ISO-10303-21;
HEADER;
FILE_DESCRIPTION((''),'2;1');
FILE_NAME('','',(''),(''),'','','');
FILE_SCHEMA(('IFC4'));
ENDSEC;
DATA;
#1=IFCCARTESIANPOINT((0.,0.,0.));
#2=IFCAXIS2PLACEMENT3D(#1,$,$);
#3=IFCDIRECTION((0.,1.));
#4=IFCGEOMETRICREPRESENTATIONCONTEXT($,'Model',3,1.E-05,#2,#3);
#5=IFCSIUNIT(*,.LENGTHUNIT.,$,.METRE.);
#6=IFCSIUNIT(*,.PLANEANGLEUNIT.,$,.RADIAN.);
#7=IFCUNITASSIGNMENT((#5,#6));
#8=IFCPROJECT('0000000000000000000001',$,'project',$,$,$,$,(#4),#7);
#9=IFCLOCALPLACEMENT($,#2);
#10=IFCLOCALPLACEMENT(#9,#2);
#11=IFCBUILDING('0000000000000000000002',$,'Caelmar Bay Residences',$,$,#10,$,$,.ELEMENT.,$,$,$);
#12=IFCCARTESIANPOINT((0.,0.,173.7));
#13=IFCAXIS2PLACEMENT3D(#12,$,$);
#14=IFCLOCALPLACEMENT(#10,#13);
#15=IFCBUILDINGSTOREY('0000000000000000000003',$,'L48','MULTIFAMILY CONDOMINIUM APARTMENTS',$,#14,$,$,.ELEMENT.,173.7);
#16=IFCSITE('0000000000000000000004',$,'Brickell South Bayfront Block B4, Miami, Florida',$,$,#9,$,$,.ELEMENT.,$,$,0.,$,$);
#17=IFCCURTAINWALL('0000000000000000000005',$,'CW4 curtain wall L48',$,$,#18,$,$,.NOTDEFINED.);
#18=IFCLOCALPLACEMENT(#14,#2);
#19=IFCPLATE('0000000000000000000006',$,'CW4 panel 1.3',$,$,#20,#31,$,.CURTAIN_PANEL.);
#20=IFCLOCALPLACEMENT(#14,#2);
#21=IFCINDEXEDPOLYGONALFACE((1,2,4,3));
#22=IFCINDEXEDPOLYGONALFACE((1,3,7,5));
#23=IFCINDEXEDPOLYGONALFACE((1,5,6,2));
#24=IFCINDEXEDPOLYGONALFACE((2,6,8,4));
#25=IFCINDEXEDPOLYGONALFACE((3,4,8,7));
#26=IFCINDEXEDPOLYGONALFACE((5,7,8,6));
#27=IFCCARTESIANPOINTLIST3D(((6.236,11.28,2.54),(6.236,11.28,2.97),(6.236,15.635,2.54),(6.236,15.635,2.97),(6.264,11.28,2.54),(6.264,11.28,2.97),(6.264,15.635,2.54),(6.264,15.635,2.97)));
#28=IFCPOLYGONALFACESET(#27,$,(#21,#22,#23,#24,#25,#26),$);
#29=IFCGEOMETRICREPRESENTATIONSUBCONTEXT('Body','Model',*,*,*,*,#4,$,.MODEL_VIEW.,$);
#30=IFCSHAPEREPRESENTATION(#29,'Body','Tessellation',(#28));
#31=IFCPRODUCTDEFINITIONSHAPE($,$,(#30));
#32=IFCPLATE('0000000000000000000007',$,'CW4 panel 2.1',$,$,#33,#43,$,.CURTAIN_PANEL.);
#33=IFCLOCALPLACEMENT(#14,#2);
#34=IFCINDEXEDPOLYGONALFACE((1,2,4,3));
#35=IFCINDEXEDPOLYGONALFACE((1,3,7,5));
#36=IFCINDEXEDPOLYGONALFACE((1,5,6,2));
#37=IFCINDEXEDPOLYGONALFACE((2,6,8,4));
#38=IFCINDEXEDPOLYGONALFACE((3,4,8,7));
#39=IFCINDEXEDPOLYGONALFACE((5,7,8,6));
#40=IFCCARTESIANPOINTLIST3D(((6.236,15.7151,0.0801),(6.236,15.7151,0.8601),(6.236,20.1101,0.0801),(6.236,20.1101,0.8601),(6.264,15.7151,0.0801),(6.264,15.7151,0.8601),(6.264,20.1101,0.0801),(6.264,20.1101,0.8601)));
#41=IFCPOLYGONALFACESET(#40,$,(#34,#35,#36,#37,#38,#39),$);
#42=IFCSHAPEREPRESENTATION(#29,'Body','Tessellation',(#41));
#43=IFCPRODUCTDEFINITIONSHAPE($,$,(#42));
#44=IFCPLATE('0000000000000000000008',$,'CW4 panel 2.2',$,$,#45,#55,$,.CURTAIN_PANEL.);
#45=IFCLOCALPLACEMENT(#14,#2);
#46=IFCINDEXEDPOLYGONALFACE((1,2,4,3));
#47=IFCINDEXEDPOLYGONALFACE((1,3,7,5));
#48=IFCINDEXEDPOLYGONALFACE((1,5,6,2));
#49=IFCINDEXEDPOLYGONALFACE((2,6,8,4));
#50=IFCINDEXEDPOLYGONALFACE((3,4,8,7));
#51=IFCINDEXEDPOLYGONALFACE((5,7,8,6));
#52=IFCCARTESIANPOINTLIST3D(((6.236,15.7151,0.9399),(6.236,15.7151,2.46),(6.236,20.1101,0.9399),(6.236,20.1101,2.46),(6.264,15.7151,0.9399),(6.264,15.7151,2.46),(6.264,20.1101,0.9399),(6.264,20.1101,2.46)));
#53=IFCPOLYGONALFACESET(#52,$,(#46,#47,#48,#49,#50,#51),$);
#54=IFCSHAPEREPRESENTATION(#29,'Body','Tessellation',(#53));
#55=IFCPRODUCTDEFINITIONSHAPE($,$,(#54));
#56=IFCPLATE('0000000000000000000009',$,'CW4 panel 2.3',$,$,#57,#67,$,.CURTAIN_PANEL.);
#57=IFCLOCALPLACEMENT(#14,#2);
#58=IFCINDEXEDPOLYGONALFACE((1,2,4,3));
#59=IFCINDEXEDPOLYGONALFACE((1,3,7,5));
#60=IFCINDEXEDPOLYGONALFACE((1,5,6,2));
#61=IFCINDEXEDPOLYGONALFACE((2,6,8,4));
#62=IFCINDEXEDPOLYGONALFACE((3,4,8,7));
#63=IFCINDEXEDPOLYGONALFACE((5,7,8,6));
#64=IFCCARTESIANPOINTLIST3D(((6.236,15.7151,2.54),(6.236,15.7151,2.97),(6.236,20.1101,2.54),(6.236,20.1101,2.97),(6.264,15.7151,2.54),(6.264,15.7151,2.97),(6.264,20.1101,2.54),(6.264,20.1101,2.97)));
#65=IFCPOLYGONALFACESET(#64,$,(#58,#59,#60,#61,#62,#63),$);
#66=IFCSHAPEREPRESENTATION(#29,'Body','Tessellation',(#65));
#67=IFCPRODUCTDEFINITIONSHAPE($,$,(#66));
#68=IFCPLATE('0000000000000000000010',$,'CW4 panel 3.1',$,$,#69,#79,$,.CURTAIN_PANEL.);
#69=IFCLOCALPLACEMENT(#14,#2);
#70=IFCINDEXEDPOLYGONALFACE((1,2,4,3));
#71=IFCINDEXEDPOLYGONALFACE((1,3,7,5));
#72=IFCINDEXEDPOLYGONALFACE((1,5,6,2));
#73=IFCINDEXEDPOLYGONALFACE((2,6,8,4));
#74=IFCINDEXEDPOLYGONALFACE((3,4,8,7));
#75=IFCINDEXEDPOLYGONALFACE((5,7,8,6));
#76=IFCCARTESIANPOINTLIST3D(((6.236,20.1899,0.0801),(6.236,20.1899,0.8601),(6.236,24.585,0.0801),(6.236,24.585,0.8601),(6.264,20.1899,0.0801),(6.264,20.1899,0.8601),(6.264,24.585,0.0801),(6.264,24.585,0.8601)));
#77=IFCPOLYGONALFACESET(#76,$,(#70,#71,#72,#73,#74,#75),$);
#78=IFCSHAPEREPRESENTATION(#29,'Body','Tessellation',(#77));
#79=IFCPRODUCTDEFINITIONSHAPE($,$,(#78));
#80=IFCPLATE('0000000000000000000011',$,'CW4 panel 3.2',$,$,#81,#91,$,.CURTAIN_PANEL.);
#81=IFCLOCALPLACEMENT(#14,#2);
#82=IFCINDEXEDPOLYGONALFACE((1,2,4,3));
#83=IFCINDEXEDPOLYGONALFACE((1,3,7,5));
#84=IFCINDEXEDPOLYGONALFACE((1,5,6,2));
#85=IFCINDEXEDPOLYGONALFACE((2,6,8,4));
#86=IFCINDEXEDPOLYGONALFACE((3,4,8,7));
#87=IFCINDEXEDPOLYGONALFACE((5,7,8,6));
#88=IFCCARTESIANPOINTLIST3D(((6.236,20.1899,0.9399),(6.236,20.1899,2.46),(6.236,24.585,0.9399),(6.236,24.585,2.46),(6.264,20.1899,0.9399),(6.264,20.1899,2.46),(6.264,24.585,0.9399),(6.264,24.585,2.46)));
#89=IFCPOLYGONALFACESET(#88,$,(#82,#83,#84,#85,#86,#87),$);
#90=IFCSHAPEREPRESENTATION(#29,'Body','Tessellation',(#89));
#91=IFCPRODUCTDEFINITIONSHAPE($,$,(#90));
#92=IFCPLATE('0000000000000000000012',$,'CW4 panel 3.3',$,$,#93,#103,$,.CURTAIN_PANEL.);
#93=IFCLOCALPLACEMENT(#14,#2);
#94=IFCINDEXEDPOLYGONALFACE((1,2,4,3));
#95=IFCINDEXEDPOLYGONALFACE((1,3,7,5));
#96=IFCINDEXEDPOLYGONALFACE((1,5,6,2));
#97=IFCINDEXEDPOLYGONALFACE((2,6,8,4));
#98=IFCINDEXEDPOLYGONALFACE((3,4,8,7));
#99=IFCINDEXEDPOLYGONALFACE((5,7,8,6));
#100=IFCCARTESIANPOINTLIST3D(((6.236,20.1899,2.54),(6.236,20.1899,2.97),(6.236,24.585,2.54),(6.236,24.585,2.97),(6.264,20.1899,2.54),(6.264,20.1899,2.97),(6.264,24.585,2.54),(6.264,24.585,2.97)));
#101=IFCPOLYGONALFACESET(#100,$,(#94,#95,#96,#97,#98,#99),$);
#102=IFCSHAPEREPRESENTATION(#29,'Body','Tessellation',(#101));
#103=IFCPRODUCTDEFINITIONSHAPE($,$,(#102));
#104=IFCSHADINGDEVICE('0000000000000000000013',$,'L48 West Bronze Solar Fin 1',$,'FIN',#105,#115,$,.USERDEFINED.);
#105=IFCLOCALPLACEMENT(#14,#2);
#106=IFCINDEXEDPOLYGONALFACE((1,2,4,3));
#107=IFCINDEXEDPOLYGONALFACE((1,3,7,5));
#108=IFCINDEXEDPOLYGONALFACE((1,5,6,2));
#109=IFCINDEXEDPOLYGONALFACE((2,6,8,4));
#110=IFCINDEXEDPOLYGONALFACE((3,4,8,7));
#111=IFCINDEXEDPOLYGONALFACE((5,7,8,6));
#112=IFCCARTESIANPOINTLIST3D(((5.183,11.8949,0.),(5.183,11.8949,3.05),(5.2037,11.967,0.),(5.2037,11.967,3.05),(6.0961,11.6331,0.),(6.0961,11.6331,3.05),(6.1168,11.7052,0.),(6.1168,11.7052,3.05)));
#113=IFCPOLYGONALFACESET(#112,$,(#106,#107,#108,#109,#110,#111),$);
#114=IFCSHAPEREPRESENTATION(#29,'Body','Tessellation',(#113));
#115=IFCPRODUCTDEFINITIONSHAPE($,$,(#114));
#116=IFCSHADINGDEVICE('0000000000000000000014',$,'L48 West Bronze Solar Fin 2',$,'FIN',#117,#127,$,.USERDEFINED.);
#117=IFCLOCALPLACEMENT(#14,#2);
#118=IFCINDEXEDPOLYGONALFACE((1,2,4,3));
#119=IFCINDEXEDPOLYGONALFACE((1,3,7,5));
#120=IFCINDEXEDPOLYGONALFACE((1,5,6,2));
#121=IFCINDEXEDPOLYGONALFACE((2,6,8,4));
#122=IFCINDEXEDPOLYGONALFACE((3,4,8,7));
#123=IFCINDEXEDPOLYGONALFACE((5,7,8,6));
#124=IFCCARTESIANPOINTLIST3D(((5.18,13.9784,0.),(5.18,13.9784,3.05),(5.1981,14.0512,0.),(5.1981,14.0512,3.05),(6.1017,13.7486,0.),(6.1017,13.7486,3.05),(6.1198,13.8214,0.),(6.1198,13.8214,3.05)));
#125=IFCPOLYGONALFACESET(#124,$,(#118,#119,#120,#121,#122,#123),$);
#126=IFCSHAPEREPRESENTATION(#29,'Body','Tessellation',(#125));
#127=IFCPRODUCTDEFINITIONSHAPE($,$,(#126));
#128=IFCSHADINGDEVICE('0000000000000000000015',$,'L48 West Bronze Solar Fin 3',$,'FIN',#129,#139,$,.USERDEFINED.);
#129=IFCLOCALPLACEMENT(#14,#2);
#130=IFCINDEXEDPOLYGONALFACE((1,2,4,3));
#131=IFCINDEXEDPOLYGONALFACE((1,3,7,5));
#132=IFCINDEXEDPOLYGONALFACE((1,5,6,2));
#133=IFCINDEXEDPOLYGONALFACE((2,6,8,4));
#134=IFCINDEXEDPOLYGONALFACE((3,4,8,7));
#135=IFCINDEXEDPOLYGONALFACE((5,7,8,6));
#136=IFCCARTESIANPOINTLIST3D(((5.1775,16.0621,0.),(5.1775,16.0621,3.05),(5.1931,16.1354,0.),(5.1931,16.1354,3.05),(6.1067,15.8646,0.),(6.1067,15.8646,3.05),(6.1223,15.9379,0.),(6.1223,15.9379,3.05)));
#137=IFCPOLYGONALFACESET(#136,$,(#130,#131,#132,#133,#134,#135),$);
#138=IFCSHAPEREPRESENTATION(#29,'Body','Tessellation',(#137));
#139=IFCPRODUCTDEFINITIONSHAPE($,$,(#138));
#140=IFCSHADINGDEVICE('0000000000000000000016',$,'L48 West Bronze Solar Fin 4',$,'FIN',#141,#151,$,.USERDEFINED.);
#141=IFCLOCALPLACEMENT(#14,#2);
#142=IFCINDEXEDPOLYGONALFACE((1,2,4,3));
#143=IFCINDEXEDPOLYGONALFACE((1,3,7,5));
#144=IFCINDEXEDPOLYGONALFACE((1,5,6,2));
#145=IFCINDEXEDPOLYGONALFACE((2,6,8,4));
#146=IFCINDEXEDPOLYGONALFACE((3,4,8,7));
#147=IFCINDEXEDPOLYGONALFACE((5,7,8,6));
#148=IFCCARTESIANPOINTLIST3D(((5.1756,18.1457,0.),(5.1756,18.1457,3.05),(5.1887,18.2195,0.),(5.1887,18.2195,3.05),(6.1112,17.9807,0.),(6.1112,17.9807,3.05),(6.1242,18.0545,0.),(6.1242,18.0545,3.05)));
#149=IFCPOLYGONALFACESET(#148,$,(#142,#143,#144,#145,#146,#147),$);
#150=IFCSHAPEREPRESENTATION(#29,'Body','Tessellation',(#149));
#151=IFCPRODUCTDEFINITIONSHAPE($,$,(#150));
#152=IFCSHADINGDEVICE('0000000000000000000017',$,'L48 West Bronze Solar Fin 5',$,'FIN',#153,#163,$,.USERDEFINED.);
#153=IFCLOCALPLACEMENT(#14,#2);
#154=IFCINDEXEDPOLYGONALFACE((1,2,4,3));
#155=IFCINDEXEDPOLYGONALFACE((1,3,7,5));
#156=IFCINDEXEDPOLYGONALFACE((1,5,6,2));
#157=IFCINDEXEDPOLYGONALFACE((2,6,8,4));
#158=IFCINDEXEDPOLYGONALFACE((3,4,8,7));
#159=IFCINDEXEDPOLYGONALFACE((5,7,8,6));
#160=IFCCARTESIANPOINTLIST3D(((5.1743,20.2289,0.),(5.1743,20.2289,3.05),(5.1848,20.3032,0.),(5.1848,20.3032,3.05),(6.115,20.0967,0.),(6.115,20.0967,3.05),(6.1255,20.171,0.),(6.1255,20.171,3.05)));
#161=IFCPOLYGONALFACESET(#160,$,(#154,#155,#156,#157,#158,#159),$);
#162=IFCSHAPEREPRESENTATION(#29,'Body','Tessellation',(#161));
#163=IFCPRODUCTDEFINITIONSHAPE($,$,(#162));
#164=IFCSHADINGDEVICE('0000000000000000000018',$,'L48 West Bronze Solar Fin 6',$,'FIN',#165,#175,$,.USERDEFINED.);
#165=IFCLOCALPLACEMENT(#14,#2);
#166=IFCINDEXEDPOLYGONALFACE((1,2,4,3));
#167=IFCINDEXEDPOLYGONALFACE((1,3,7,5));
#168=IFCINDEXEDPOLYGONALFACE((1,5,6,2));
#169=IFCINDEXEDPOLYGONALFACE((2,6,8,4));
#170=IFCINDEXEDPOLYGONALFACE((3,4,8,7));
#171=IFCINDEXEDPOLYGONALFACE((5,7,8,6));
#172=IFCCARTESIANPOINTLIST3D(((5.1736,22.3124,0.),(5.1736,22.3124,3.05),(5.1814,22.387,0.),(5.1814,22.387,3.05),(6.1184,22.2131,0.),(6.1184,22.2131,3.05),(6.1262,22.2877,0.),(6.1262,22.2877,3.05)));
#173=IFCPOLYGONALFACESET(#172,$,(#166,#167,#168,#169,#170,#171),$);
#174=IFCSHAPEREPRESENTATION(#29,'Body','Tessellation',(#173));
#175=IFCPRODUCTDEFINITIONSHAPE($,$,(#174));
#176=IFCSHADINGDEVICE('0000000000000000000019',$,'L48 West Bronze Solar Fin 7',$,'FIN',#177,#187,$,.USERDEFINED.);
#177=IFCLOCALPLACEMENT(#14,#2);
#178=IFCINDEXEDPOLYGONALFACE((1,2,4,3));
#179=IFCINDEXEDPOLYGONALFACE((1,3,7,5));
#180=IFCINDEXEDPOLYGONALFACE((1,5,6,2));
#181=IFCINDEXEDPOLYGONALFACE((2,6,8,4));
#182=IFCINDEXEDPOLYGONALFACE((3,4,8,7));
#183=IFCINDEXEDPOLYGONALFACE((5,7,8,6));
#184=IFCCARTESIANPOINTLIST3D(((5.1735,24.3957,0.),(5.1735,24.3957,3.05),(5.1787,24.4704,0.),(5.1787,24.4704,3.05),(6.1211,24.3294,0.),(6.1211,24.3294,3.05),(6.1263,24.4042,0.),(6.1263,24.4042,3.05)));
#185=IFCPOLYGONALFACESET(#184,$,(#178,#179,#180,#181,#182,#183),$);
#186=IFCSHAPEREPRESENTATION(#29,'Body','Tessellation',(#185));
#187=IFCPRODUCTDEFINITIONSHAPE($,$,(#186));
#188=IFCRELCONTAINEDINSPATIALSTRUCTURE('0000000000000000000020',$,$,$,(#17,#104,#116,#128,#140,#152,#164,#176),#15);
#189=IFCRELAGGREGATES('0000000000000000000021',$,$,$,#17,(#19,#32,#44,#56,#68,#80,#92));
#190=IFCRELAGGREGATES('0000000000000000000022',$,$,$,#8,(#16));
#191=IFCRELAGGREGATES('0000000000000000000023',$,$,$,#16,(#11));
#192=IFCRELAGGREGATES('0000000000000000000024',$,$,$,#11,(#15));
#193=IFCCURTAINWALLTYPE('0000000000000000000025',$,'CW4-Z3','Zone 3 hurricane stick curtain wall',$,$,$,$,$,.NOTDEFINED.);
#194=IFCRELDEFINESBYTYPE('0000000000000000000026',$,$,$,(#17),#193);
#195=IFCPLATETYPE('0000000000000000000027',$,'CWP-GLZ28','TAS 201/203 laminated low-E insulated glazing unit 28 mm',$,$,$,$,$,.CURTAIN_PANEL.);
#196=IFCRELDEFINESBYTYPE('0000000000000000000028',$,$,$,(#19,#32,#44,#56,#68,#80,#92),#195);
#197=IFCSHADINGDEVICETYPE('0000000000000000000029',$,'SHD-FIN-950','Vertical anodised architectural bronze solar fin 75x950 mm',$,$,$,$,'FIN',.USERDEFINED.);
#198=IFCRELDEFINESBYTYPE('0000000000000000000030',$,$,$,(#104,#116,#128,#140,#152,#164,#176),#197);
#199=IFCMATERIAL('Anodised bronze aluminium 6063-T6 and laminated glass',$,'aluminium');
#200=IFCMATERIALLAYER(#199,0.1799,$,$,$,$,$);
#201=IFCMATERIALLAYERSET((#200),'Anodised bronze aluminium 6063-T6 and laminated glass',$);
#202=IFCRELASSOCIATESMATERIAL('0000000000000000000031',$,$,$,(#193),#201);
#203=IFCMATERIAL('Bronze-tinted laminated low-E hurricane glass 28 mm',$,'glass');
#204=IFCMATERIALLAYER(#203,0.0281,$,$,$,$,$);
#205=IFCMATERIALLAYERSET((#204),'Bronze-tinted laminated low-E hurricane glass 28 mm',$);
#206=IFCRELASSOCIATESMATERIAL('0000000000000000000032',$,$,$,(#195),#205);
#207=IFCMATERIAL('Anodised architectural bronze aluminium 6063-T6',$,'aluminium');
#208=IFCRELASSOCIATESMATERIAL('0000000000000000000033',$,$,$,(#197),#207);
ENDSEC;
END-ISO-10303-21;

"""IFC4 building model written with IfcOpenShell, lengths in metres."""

from ifc_helpers import new_model, si_unit, direction, frame, origin, origin_2d, place, context, subcontext, project, spatial, rectangle, extrude, material, layer, layer_set, material_profile, profile_set, type_object, element, aggregate, save


model = new_model("IFC4")

# Units and contexts
model_context = context("Model", 3, precision=1e-05, world=origin(), true_north=direction((0.0, 1.0)))
body_context = subcontext(model_context, "Body", "Model", "MODEL_VIEW")
ifc_project = project(units=[si_unit("LENGTHUNIT", "METRE"), si_unit("PLANEANGLEUNIT", "RADIAN")], contexts=[model_context])

# Site, building, storey
site_placement = place(None, origin())
site = spatial("IfcSite", under=ifc_project, at=site_placement, Name="Brickell South Bayfront Block B4, Miami, Florida", CompositionType="ELEMENT", RefElevation=0.0)
building_placement = place(site_placement, origin())
building = spatial("IfcBuilding", under=site, at=building_placement, Name="Caelmar Bay Residences", CompositionType="ELEMENT")
storey_placement = place(building_placement, frame((0.0, 0.0, 173.7)))
storey = spatial("IfcBuildingStorey", under=building, at=storey_placement, Name="L48", Description="MULTIFAMILY CONDOMINIUM APARTMENTS", CompositionType="ELEMENT", Elevation=173.7)

# Curtain wall, plates
ifc_material_1 = material(Name="Anodised bronze aluminium 6063-T6 and laminated glass", Category="aluminium")
ifc_layer_1 = layer(ifc_material_1, 0.1799)
ifc_layer_set_1 = layer_set([ifc_layer_1], Name="Anodised bronze aluminium 6063-T6 and laminated glass")
curtain_wall_type = type_object("IfcCurtainWallType", Name="CW4-Z3", Description="Zone 3 hurricane stick curtain wall", PredefinedType="NOTDEFINED", material=ifc_layer_set_1)
curtain_wall_placement = place(storey_placement, origin())
curtain_wall = element("IfcCurtainWall", 1, at=curtain_wall_placement, inside=storey, type_object=curtain_wall_type, Name="CW4 curtain wall L48", PredefinedType="NOTDEFINED")
ifc_material_2 = material(Name="Bronze-tinted laminated low-E hurricane glass 28 mm", Category="glass")
ifc_layer_2 = layer(ifc_material_2, 0.0281)
ifc_layer_set_2 = layer_set([ifc_layer_2], Name="Bronze-tinted laminated low-E hurricane glass 28 mm")
plate_type = type_object("IfcPlateType", Name="CWP-GLZ28", Description="TAS 201/203 laminated low-E insulated glazing unit 28 mm", PredefinedType="CURTAIN_PANEL", material=ifc_layer_set_2)
plate_1_placement = place(storey_placement, frame((6.25, 13.4575, 2.54), z_axis=(0.0, 0.0, 1.0), x_axis=(0.0, 1.0, 0.0)))
plate_1 = element("IfcPlate", 2, at=plate_1_placement, type_object=plate_type, Name="CW4 panel 1.3", PredefinedType="CURTAIN_PANEL", context=body_context, shape_type="SweptSolid", body=[
    extrude(rectangle(XDim=4.355, YDim=0.0281, at=origin_2d()), origin(), (0.0, 0.0, 1.0), 0.4299),
])
plate_2_placement = place(storey_placement, frame((6.25, 17.9126, 0.0801), z_axis=(0.0, 0.0, 1.0), x_axis=(0.0, 1.0, 0.0)))
plate_2 = element("IfcPlate", 3, at=plate_2_placement, type_object=plate_type, Name="CW4 panel 2.1", PredefinedType="CURTAIN_PANEL", context=body_context, shape_type="SweptSolid", body=[
    extrude(rectangle(XDim=4.395, YDim=0.0281, at=origin_2d()), origin(), (0.0, 0.0, 1.0), 0.78),
])
plate_3_placement = place(storey_placement, frame((6.25, 17.9126, 0.9399), z_axis=(0.0, 0.0, 1.0), x_axis=(0.0, 1.0, 0.0)))
plate_3 = element("IfcPlate", 4, at=plate_3_placement, type_object=plate_type, Name="CW4 panel 2.2", PredefinedType="CURTAIN_PANEL", context=body_context, shape_type="SweptSolid", body=[
    extrude(rectangle(XDim=4.395, YDim=0.0281, at=origin_2d()), origin(), (0.0, 0.0, 1.0), 1.52),
])
plate_4_placement = place(storey_placement, frame((6.25, 17.9126, 2.54), z_axis=(0.0, 0.0, 1.0), x_axis=(0.0, 1.0, 0.0)))
plate_4 = element("IfcPlate", 5, at=plate_4_placement, type_object=plate_type, Name="CW4 panel 2.3", PredefinedType="CURTAIN_PANEL", context=body_context, shape_type="SweptSolid", body=[
    extrude(rectangle(XDim=4.395, YDim=0.0281, at=origin_2d()), origin(), (0.0, 0.0, 1.0), 0.4299),
])
plate_5_placement = place(storey_placement, frame((6.25, 22.3875, 0.0801), z_axis=(0.0, 0.0, 1.0), x_axis=(0.0, 1.0, 0.0)))
plate_5 = element("IfcPlate", 6, at=plate_5_placement, type_object=plate_type, Name="CW4 panel 3.1", PredefinedType="CURTAIN_PANEL", context=body_context, shape_type="SweptSolid", body=[
    extrude(rectangle(XDim=4.395, YDim=0.0281, at=origin_2d()), origin(), (0.0, 0.0, 1.0), 0.78),
])
plate_6_placement = place(storey_placement, frame((6.25, 22.3875, 0.9399), z_axis=(0.0, 0.0, 1.0), x_axis=(0.0, 1.0, 0.0)))
plate_6 = element("IfcPlate", 7, at=plate_6_placement, type_object=plate_type, Name="CW4 panel 3.2", PredefinedType="CURTAIN_PANEL", context=body_context, shape_type="SweptSolid", body=[
    extrude(rectangle(XDim=4.395, YDim=0.0281, at=origin_2d()), origin(), (0.0, 0.0, 1.0), 1.52),
])
plate_7_placement = place(storey_placement, frame((6.25, 22.3875, 2.54), z_axis=(0.0, 0.0, 1.0), x_axis=(0.0, 1.0, 0.0)))
plate_7 = element("IfcPlate", 8, at=plate_7_placement, type_object=plate_type, Name="CW4 panel 3.3", PredefinedType="CURTAIN_PANEL", context=body_context, shape_type="SweptSolid", body=[
    extrude(rectangle(XDim=4.395, YDim=0.0281, at=origin_2d()), origin(), (0.0, 0.0, 1.0), 0.4299),
])
aggregate(curtain_wall, [plate_1, plate_2, plate_3, plate_4, plate_5, plate_6, plate_7])

# Shading devices
ifc_material_3 = material(Name="Anodised architectural bronze aluminium 6063-T6", Category="aluminium")
ifc_material_profile_1 = material_profile(ifc_material_3, rectangle(XDim=0.075, YDim=0.95, at=origin_2d()), Name="BRONZE-FIN-75X950")
ifc_profile_set_1 = profile_set([ifc_material_profile_1], Name="Anodised architectural bronze aluminium 6063-T6")
shading_device_type = type_object("IfcShadingDeviceType", Name="SHD-FIN-950", Description="Vertical anodised architectural bronze solar fin 75x950 mm", ElementType="FIN", PredefinedType="USERDEFINED", material=ifc_profile_set_1)
for number, where, z_axis, x_axis, name in (
    (9, (5.6499, 11.8, 0.0), (0.0, 0.0, 1.0), (0.275637, 0.961262, 0.0), "L48 West Bronze Solar Fin 1"),
    (10, (5.6499, 13.8999, 0.0), (0.0, 0.0, 1.0), (0.241922, 0.970296, 0.0), "L48 West Bronze Solar Fin 2"),
    (11, (5.6499, 16.0, 0.0), (0.0, 0.0, 1.0), (0.207912, 0.978148, 0.0), "L48 West Bronze Solar Fin 3"),
    (12, (5.6499, 18.1001, 0.0), (0.0, 0.0, 1.0), (0.173648, 0.984808, 0.0), "L48 West Bronze Solar Fin 4"),
    (13, (5.6499, 20.2, 0.0), (0.0, 0.0, 1.0), (0.139173, 0.990268, 0.0), "L48 West Bronze Solar Fin 5"),
    (14, (5.6499, 22.3, 0.0), (0.0, 0.0, 1.0), (0.104528, 0.994522, 0.0), "L48 West Bronze Solar Fin 6"),
    (15, (5.6499, 24.3999, 0.0), (0.0, 0.0, 1.0), (0.069756, 0.997564, 0.0), "L48 West Bronze Solar Fin 7"),
):
    element("IfcShadingDevice", number, at=place(storey_placement, frame(where, z_axis=z_axis, x_axis=x_axis)), inside=storey, type_object=shading_device_type, Name=name, ObjectType="FIN", PredefinedType="USERDEFINED", context=body_context, shape_type="SweptSolid", body=[
        extrude(rectangle(XDim=0.075, YDim=0.95, at=origin_2d()), origin(), (0.0, 0.0, 1.0), 3.05),
    ])

save(model, "model.ifc")
